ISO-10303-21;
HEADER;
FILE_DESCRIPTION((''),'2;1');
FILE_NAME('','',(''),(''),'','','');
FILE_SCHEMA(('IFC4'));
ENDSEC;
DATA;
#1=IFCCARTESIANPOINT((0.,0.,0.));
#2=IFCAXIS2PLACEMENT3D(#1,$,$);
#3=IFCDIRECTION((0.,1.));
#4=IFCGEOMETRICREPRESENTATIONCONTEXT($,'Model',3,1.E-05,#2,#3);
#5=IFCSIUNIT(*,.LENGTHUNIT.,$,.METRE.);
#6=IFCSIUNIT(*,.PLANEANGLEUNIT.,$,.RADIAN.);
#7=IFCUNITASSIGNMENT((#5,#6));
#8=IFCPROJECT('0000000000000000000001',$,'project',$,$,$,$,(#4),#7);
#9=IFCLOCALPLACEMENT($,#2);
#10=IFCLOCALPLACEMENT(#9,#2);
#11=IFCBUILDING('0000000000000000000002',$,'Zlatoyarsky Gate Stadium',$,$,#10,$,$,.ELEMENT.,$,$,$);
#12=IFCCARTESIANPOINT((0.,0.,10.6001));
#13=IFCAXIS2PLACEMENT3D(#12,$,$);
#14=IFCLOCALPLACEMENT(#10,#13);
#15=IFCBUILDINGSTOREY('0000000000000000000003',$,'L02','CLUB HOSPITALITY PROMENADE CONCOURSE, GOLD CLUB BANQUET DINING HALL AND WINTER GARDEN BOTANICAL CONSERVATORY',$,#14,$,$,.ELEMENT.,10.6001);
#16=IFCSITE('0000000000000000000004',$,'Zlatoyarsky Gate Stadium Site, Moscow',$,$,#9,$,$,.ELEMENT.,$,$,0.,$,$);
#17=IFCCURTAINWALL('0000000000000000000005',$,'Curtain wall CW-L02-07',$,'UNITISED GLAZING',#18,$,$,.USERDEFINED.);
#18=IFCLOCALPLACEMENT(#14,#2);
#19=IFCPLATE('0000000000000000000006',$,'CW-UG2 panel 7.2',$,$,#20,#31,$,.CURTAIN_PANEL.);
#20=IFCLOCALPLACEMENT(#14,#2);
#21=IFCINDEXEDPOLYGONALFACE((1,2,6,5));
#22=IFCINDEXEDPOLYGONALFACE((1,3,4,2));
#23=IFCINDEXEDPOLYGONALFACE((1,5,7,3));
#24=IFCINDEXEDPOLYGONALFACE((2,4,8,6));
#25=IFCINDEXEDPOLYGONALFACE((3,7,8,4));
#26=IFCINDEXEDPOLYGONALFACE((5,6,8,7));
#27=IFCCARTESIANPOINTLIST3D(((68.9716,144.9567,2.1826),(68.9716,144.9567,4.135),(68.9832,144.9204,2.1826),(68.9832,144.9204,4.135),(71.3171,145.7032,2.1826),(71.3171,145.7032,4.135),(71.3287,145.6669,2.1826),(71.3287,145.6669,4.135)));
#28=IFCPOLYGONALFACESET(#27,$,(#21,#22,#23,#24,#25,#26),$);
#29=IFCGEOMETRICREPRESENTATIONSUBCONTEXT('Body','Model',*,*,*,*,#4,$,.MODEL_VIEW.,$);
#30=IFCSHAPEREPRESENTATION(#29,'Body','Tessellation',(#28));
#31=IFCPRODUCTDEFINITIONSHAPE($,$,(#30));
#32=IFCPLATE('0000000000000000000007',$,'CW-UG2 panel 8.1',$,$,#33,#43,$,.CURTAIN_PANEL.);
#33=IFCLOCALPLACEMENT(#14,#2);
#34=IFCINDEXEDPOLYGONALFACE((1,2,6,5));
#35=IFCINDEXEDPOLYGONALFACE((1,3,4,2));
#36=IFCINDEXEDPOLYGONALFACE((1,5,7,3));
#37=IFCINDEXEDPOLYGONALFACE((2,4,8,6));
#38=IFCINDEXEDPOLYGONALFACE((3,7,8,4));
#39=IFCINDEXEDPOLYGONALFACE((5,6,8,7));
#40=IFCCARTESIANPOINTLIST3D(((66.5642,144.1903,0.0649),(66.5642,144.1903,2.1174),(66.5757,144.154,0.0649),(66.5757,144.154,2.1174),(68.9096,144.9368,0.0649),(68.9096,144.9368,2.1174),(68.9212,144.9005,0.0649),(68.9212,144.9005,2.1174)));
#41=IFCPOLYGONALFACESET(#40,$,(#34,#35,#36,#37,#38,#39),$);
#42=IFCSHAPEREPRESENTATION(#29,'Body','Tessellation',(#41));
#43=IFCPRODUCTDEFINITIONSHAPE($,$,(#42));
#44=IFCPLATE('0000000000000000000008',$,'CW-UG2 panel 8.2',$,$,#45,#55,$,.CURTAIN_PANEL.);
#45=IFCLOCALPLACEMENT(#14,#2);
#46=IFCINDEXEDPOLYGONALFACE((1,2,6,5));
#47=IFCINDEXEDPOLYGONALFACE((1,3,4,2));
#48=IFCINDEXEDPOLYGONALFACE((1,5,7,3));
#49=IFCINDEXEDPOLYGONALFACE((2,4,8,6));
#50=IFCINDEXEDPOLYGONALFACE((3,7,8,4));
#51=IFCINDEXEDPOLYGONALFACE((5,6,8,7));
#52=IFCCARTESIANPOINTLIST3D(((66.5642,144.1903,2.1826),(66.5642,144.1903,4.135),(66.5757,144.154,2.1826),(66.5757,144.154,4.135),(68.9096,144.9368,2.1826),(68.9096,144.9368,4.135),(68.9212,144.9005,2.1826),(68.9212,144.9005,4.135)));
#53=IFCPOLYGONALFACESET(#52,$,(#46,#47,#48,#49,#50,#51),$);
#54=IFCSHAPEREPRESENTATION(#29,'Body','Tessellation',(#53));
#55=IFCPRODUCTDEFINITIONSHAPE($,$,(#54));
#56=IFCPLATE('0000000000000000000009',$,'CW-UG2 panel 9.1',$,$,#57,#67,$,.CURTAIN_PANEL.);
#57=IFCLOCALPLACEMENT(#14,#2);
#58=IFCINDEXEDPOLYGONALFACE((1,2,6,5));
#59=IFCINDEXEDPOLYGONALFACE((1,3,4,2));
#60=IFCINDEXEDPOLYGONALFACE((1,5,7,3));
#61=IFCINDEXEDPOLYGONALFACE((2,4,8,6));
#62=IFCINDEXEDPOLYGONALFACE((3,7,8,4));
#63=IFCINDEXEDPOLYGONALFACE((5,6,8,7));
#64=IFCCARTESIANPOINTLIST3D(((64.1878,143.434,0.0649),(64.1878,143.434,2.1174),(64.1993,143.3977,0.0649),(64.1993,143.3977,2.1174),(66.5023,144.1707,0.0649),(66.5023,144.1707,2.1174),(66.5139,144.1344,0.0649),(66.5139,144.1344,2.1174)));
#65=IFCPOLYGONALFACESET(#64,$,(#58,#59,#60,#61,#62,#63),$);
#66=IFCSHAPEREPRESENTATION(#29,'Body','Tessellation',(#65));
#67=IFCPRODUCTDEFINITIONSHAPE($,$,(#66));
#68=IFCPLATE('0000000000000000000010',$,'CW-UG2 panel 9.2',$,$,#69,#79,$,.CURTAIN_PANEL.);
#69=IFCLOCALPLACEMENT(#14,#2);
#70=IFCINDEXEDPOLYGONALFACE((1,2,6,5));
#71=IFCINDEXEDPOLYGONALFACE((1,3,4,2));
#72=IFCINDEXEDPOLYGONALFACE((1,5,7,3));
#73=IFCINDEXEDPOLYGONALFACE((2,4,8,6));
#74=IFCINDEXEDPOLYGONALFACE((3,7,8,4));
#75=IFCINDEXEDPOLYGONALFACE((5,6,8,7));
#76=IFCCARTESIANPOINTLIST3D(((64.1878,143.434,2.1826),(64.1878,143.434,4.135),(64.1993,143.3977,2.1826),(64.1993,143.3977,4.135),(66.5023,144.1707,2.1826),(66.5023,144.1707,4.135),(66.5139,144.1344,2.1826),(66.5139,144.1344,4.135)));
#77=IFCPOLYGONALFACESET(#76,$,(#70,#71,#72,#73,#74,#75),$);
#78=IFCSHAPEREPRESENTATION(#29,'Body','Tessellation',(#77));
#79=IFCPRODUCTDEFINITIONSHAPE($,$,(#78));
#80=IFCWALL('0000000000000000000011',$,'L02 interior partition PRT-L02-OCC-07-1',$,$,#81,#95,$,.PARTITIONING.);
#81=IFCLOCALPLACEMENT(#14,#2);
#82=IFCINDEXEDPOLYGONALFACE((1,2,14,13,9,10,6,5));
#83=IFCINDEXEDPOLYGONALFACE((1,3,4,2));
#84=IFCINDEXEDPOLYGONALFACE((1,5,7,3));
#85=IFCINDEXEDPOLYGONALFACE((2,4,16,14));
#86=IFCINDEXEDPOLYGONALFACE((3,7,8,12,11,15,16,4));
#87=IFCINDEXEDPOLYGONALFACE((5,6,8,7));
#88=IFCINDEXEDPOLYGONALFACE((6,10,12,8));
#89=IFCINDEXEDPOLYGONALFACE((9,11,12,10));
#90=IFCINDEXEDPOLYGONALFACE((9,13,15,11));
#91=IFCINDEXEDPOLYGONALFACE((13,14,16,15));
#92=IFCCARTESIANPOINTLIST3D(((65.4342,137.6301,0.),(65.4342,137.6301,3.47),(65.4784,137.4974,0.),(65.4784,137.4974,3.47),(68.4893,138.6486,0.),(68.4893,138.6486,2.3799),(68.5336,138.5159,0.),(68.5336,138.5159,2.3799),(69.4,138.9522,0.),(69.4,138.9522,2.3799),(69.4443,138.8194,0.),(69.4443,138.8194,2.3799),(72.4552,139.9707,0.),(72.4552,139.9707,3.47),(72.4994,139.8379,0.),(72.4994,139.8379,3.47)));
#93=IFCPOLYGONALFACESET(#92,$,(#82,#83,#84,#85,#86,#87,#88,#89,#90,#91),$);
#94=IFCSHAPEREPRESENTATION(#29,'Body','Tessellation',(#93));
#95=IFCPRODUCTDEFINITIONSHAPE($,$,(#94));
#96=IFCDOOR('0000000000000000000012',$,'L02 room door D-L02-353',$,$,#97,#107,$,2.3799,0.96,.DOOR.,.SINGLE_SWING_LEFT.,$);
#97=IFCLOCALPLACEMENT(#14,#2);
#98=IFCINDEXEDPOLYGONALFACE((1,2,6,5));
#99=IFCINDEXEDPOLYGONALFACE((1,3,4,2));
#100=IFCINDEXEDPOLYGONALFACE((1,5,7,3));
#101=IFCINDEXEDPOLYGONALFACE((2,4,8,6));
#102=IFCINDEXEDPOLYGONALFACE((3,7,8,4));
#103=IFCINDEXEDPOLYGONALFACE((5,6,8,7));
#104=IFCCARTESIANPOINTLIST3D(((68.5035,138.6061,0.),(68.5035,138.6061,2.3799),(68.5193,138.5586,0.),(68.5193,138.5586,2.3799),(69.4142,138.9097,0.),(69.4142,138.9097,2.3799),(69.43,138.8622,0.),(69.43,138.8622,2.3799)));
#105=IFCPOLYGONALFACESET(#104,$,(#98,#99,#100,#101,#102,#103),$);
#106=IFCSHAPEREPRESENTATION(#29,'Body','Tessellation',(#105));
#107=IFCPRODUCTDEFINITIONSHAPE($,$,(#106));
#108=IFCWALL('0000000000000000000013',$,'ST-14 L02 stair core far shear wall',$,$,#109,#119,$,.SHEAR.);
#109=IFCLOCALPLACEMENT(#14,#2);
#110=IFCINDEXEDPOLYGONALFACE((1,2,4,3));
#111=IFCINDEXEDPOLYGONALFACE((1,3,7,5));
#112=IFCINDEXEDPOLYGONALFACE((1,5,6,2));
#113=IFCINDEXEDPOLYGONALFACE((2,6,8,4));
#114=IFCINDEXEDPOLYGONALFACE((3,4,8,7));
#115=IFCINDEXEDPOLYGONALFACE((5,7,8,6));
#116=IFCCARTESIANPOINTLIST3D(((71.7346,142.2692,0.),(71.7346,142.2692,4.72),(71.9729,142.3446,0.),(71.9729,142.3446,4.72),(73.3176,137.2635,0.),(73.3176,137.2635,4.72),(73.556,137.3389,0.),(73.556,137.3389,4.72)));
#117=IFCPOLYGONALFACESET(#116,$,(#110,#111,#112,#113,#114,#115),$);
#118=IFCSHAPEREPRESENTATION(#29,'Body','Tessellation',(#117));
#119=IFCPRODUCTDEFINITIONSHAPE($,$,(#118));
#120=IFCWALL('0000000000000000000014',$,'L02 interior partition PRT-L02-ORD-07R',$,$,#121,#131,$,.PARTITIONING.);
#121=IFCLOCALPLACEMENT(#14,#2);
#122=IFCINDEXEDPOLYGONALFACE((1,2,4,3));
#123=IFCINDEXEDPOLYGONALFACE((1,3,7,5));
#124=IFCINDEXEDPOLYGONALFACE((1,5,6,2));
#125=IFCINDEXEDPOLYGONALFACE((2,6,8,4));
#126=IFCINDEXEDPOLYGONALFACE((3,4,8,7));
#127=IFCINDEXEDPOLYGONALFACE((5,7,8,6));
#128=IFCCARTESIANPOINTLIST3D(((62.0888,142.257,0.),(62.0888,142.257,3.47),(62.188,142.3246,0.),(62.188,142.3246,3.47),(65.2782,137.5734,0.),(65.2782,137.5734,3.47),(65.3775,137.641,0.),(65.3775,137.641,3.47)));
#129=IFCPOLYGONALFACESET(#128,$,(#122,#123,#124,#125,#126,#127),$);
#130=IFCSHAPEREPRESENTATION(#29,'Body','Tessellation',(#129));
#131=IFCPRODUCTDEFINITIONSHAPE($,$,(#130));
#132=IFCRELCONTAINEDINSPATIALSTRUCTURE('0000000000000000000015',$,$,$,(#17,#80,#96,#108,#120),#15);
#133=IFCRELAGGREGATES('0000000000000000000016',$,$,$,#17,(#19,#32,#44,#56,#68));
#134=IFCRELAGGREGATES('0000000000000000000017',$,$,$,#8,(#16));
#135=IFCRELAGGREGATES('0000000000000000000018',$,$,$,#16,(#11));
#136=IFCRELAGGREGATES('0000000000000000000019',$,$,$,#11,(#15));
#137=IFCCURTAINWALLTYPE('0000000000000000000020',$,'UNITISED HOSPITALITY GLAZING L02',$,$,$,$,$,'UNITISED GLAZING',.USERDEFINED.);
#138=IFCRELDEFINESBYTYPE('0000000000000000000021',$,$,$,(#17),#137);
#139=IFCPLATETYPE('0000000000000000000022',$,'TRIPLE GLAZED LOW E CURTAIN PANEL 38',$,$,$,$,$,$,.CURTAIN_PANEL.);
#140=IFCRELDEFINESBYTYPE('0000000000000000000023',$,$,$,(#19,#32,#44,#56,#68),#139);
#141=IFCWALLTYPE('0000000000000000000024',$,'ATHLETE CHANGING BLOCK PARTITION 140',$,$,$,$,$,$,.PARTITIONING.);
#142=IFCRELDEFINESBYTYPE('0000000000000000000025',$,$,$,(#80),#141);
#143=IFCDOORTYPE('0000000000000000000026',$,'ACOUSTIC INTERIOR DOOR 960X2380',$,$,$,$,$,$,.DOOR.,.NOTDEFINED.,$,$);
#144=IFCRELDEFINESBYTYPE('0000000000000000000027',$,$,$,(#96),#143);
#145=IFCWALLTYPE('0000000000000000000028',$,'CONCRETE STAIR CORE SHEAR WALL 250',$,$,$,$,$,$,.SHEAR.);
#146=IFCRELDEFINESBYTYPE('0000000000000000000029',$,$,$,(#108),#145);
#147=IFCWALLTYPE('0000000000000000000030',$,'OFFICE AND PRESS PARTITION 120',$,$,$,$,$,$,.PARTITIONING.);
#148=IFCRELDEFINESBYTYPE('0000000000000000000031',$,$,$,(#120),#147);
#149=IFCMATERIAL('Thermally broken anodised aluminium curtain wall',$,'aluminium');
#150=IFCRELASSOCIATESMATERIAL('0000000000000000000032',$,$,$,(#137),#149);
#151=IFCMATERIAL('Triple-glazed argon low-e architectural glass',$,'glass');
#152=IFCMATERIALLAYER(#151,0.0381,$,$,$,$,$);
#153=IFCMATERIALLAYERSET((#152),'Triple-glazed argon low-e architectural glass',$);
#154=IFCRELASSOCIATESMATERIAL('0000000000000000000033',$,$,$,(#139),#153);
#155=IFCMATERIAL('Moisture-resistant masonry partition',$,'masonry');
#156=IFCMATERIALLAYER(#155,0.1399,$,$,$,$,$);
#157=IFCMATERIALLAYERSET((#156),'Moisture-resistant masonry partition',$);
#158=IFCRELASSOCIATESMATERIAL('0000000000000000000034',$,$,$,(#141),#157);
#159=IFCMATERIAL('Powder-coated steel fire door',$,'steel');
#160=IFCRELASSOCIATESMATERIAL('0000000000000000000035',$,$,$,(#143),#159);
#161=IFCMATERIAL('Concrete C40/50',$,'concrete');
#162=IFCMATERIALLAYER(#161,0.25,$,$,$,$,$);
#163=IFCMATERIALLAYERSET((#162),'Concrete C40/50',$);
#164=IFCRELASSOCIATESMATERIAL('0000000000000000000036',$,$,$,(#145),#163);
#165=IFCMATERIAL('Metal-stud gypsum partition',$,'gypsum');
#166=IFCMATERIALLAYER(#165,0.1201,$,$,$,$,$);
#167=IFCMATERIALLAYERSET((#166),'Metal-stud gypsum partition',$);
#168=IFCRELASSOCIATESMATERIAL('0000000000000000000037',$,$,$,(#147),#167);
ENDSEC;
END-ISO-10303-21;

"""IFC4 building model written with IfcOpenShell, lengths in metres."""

from ifc_helpers import new_model, si_unit, direction, frame, frame_2d, origin, origin_2d, place, context, subcontext, project, spatial, rectangle, extrude, material, layer, layer_set, type_object, element, fill, aggregate, save


model = new_model("IFC4")

# Units and contexts
model_context = context("Model", 3, precision=1e-05, world=origin(), true_north=direction((0.0, 1.0)))
body_context = subcontext(model_context, "Body", "Model", "MODEL_VIEW")
ifc_project = project(units=[si_unit("LENGTHUNIT", "METRE"), si_unit("PLANEANGLEUNIT", "RADIAN")], contexts=[model_context])

# Site, building, storey
site_placement = place(None, origin())
site = spatial("IfcSite", under=ifc_project, at=site_placement, Name="Zlatoyarsky Gate Stadium Site, Moscow", CompositionType="ELEMENT", RefElevation=0.0)
building_placement = place(site_placement, origin())
building = spatial("IfcBuilding", under=site, at=building_placement, Name="Zlatoyarsky Gate Stadium", CompositionType="ELEMENT")
storey_placement = place(building_placement, frame((0.0, 0.0, 10.6001)))
storey = spatial("IfcBuildingStorey", under=building, at=storey_placement, Name="L02", Description="CLUB HOSPITALITY PROMENADE CONCOURSE, GOLD CLUB BANQUET DINING HALL AND WINTER GARDEN BOTANICAL CONSERVATORY", CompositionType="ELEMENT", Elevation=10.6001)

# Curtain wall
ifc_material_1 = material(Name="Thermally broken anodised aluminium curtain wall", Category="aluminium")
curtain_wall_type = type_object("IfcCurtainWallType", Name="UNITISED HOSPITALITY GLAZING L02", ElementType="UNITISED GLAZING", PredefinedType="USERDEFINED", material=ifc_material_1)
curtain_wall_placement = place(storey_placement, origin())
curtain_wall = element("IfcCurtainWall", 1, at=curtain_wall_placement, inside=storey, type_object=curtain_wall_type, Name="Curtain wall CW-L02-07", ObjectType="UNITISED GLAZING", PredefinedType="USERDEFINED")

# Plates
ifc_material_2 = material(Name="Triple-glazed argon low-e architectural glass", Category="glass")
ifc_layer_1 = layer(ifc_material_2, 0.0381)
ifc_layer_set_1 = layer_set([ifc_layer_1], Name="Triple-glazed argon low-e architectural glass")
plate_type_1 = type_object("IfcPlateType", Name="TRIPLE GLAZED LOW E CURTAIN PANEL 38", PredefinedType="CURTAIN_PANEL", material=ifc_layer_set_1)
plate_1_placement = place(storey_placement, frame((70.1501, 145.3118, 2.1826), z_axis=(0.0, 0.0, 1.0), x_axis=(-0.952902, -0.303279, 0.0)))
plate_1 = element("IfcPlate", 2, at=plate_1_placement, type_object=plate_type_1, Name="CW-UG2 panel 7.2", PredefinedType="CURTAIN_PANEL", context=body_context, shape_type="SweptSolid", body=[
    extrude(rectangle(XDim=2.4614, YDim=0.0381, at=origin_2d()), origin(), (0.0, 0.0, 1.0), 1.9524),
])
plate_2_placement = place(storey_placement, frame((67.7427, 144.5454, 0.0649), z_axis=(0.0, 0.0, 1.0), x_axis=(-0.952902, -0.303279, 0.0)))
plate_2 = element("IfcPlate", 3, at=plate_2_placement, type_object=plate_type_1, Name="CW-UG2 panel 8.1", PredefinedType="CURTAIN_PANEL", context=body_context, shape_type="SweptSolid", body=[
    extrude(rectangle(XDim=2.4614, YDim=0.0381, at=origin_2d()), origin(), (0.0, 0.0, 1.0), 2.0525),
])
plate_3_placement = place(storey_placement, frame((67.7427, 144.5454, 2.1826), z_axis=(0.0, 0.0, 1.0), x_axis=(-0.952902, -0.303279, 0.0)))
plate_3 = element("IfcPlate", 4, at=plate_3_placement, type_object=plate_type_1, Name="CW-UG2 panel 8.2", PredefinedType="CURTAIN_PANEL", context=body_context, shape_type="SweptSolid", body=[
    extrude(rectangle(XDim=2.4614, YDim=0.0381, at=origin_2d()), origin(), (0.0, 0.0, 1.0), 1.9524),
])
plate_4_placement = place(storey_placement, frame((65.3508, 143.7842, 0.0649), z_axis=(0.0, 0.0, 1.0), x_axis=(-0.952902, -0.303279, 0.0)))
plate_4 = element("IfcPlate", 5, at=plate_4_placement, type_object=plate_type_1, Name="CW-UG2 panel 9.1", PredefinedType="CURTAIN_PANEL", context=body_context, shape_type="SweptSolid", body=[
    extrude(rectangle(XDim=2.429, YDim=0.0381, at=origin_2d()), origin(), (0.0, 0.0, 1.0), 2.0525),
])
plate_5_placement = place(storey_placement, frame((65.3508, 143.7842, 2.1826), z_axis=(0.0, 0.0, 1.0), x_axis=(-0.952902, -0.303279, 0.0)))
plate_5 = element("IfcPlate", 6, at=plate_5_placement, type_object=plate_type_1, Name="CW-UG2 panel 9.2", PredefinedType="CURTAIN_PANEL", context=body_context, shape_type="SweptSolid", body=[
    extrude(rectangle(XDim=2.429, YDim=0.0381, at=origin_2d()), origin(), (0.0, 0.0, 1.0), 1.9524),
])
aggregate(curtain_wall, [plate_1, plate_2, plate_3, plate_4, plate_5])

# Wall, opening, door
ifc_material_3 = material(Name="Moisture-resistant masonry partition", Category="masonry")
ifc_layer_2 = layer(ifc_material_3, 0.1399)
ifc_layer_set_2 = layer_set([ifc_layer_2], Name="Moisture-resistant masonry partition")
wall_type_1 = type_object("IfcWallType", Name="ATHLETE CHANGING BLOCK PARTITION 140", PredefinedType="PARTITIONING", material=ifc_layer_set_2)
wall_1_placement = place(storey_placement, frame((72.4773, 139.9043, 0.0), z_axis=(0.0, 0.0, 1.0), x_axis=(-0.948673, -0.316257, 0.0)))
wall_1 = element("IfcWall", 7, at=wall_1_placement, inside=storey, type_object=wall_type_1, Name="L02 interior partition PRT-L02-OCC-07-1", PredefinedType="PARTITIONING", context=body_context, shape_type="SweptSolid", body=[
    extrude(rectangle(XDim=7.4009, YDim=0.1399, at=frame_2d((3.7004, 0.0))), origin(), (0.0, 0.0, 1.0), 3.47),
])
opening_placement = place(wall_1_placement, frame((3.2205, 0.0, 0.0)))
opening = element("IfcOpeningElement", 8, at=opening_placement, cuts=wall_1, PredefinedType="OPENING", context=body_context, shape_type="SweptSolid", body=[
    extrude(rectangle(XDim=0.96, YDim=2.3799, at=frame_2d((0.48, 1.1899))), frame((0.0, 0.0798, 0.0), z_axis=(0.0, -1.0, 0.0), x_axis=(1.0, 0.0, 0.0)), (0.0, 0.0, 1.0), 0.1599),
])
ifc_material_4 = material(Name="Powder-coated steel fire door", Category="steel")
door_type = type_object("IfcDoorType", Name="ACOUSTIC INTERIOR DOOR 960X2380", OperationType="NOTDEFINED", PredefinedType="DOOR", material=ifc_material_4)
door_placement = place(opening_placement, origin())
door = element("IfcDoor", 9, at=door_placement, inside=storey, type_object=door_type, Name="L02 room door D-L02-353", OperationType="SINGLE_SWING_LEFT", OverallHeight=2.3799, OverallWidth=0.96, PredefinedType="DOOR", context=body_context, shape_type="SweptSolid", body=[
    extrude(rectangle(XDim=0.96, YDim=2.3799, at=frame_2d((0.48, 1.1899))), frame((0.0, 0.0249, 0.0), z_axis=(0.0, -1.0, 0.0), x_axis=(1.0, 0.0, 0.0)), (0.0, 0.0, 1.0), 0.05),
])
fill(opening, door)

# Walls
ifc_material_5 = material(Name="Concrete C40/50", Category="concrete")
ifc_layer_3 = layer(ifc_material_5, 0.25)
ifc_layer_set_3 = layer_set([ifc_layer_3], Name="Concrete C40/50")
wall_type_2 = type_object("IfcWallType", Name="CONCRETE STAIR CORE SHEAR WALL 250", PredefinedType="SHEAR", material=ifc_layer_set_3)
wall_2_placement = place(storey_placement, frame((71.8538, 142.3069, 0.0), z_axis=(0.0, 0.0, 1.0), x_axis=(0.301527, -0.953457, 0.0)))
element("IfcWall", 10, at=wall_2_placement, inside=storey, type_object=wall_type_2, Name="ST-14 L02 stair core far shear wall", PredefinedType="SHEAR", context=body_context, shape_type="SweptSolid", body=[
    extrude(rectangle(XDim=5.25, YDim=0.25, at=frame_2d((2.625, 0.0))), origin(), (0.0, 0.0, 1.0), 4.72),
])
ifc_material_6 = material(Name="Metal-stud gypsum partition", Category="gypsum")
ifc_layer_4 = layer(ifc_material_6, 0.1201)
ifc_layer_set_4 = layer_set([ifc_layer_4], Name="Metal-stud gypsum partition")
wall_type_3 = type_object("IfcWallType", Name="OFFICE AND PRESS PARTITION 120", PredefinedType="PARTITIONING", material=ifc_layer_set_4)
wall_3_placement = place(storey_placement, frame((65.3279, 137.6072, 0.0), z_axis=(0.0, 0.0, 1.0), x_axis=(-0.562866, 0.826548, 0.0)))
element("IfcWall", 11, at=wall_3_placement, inside=storey, type_object=wall_type_3, Name="L02 interior partition PRT-L02-ORD-07R", PredefinedType="PARTITIONING", context=body_context, shape_type="SweptSolid", body=[
    extrude(rectangle(XDim=5.6665, YDim=0.1201, at=frame_2d((2.8333, 0.0))), origin(), (0.0, 0.0, 1.0), 3.47),
])

save(model, "model.ifc")
